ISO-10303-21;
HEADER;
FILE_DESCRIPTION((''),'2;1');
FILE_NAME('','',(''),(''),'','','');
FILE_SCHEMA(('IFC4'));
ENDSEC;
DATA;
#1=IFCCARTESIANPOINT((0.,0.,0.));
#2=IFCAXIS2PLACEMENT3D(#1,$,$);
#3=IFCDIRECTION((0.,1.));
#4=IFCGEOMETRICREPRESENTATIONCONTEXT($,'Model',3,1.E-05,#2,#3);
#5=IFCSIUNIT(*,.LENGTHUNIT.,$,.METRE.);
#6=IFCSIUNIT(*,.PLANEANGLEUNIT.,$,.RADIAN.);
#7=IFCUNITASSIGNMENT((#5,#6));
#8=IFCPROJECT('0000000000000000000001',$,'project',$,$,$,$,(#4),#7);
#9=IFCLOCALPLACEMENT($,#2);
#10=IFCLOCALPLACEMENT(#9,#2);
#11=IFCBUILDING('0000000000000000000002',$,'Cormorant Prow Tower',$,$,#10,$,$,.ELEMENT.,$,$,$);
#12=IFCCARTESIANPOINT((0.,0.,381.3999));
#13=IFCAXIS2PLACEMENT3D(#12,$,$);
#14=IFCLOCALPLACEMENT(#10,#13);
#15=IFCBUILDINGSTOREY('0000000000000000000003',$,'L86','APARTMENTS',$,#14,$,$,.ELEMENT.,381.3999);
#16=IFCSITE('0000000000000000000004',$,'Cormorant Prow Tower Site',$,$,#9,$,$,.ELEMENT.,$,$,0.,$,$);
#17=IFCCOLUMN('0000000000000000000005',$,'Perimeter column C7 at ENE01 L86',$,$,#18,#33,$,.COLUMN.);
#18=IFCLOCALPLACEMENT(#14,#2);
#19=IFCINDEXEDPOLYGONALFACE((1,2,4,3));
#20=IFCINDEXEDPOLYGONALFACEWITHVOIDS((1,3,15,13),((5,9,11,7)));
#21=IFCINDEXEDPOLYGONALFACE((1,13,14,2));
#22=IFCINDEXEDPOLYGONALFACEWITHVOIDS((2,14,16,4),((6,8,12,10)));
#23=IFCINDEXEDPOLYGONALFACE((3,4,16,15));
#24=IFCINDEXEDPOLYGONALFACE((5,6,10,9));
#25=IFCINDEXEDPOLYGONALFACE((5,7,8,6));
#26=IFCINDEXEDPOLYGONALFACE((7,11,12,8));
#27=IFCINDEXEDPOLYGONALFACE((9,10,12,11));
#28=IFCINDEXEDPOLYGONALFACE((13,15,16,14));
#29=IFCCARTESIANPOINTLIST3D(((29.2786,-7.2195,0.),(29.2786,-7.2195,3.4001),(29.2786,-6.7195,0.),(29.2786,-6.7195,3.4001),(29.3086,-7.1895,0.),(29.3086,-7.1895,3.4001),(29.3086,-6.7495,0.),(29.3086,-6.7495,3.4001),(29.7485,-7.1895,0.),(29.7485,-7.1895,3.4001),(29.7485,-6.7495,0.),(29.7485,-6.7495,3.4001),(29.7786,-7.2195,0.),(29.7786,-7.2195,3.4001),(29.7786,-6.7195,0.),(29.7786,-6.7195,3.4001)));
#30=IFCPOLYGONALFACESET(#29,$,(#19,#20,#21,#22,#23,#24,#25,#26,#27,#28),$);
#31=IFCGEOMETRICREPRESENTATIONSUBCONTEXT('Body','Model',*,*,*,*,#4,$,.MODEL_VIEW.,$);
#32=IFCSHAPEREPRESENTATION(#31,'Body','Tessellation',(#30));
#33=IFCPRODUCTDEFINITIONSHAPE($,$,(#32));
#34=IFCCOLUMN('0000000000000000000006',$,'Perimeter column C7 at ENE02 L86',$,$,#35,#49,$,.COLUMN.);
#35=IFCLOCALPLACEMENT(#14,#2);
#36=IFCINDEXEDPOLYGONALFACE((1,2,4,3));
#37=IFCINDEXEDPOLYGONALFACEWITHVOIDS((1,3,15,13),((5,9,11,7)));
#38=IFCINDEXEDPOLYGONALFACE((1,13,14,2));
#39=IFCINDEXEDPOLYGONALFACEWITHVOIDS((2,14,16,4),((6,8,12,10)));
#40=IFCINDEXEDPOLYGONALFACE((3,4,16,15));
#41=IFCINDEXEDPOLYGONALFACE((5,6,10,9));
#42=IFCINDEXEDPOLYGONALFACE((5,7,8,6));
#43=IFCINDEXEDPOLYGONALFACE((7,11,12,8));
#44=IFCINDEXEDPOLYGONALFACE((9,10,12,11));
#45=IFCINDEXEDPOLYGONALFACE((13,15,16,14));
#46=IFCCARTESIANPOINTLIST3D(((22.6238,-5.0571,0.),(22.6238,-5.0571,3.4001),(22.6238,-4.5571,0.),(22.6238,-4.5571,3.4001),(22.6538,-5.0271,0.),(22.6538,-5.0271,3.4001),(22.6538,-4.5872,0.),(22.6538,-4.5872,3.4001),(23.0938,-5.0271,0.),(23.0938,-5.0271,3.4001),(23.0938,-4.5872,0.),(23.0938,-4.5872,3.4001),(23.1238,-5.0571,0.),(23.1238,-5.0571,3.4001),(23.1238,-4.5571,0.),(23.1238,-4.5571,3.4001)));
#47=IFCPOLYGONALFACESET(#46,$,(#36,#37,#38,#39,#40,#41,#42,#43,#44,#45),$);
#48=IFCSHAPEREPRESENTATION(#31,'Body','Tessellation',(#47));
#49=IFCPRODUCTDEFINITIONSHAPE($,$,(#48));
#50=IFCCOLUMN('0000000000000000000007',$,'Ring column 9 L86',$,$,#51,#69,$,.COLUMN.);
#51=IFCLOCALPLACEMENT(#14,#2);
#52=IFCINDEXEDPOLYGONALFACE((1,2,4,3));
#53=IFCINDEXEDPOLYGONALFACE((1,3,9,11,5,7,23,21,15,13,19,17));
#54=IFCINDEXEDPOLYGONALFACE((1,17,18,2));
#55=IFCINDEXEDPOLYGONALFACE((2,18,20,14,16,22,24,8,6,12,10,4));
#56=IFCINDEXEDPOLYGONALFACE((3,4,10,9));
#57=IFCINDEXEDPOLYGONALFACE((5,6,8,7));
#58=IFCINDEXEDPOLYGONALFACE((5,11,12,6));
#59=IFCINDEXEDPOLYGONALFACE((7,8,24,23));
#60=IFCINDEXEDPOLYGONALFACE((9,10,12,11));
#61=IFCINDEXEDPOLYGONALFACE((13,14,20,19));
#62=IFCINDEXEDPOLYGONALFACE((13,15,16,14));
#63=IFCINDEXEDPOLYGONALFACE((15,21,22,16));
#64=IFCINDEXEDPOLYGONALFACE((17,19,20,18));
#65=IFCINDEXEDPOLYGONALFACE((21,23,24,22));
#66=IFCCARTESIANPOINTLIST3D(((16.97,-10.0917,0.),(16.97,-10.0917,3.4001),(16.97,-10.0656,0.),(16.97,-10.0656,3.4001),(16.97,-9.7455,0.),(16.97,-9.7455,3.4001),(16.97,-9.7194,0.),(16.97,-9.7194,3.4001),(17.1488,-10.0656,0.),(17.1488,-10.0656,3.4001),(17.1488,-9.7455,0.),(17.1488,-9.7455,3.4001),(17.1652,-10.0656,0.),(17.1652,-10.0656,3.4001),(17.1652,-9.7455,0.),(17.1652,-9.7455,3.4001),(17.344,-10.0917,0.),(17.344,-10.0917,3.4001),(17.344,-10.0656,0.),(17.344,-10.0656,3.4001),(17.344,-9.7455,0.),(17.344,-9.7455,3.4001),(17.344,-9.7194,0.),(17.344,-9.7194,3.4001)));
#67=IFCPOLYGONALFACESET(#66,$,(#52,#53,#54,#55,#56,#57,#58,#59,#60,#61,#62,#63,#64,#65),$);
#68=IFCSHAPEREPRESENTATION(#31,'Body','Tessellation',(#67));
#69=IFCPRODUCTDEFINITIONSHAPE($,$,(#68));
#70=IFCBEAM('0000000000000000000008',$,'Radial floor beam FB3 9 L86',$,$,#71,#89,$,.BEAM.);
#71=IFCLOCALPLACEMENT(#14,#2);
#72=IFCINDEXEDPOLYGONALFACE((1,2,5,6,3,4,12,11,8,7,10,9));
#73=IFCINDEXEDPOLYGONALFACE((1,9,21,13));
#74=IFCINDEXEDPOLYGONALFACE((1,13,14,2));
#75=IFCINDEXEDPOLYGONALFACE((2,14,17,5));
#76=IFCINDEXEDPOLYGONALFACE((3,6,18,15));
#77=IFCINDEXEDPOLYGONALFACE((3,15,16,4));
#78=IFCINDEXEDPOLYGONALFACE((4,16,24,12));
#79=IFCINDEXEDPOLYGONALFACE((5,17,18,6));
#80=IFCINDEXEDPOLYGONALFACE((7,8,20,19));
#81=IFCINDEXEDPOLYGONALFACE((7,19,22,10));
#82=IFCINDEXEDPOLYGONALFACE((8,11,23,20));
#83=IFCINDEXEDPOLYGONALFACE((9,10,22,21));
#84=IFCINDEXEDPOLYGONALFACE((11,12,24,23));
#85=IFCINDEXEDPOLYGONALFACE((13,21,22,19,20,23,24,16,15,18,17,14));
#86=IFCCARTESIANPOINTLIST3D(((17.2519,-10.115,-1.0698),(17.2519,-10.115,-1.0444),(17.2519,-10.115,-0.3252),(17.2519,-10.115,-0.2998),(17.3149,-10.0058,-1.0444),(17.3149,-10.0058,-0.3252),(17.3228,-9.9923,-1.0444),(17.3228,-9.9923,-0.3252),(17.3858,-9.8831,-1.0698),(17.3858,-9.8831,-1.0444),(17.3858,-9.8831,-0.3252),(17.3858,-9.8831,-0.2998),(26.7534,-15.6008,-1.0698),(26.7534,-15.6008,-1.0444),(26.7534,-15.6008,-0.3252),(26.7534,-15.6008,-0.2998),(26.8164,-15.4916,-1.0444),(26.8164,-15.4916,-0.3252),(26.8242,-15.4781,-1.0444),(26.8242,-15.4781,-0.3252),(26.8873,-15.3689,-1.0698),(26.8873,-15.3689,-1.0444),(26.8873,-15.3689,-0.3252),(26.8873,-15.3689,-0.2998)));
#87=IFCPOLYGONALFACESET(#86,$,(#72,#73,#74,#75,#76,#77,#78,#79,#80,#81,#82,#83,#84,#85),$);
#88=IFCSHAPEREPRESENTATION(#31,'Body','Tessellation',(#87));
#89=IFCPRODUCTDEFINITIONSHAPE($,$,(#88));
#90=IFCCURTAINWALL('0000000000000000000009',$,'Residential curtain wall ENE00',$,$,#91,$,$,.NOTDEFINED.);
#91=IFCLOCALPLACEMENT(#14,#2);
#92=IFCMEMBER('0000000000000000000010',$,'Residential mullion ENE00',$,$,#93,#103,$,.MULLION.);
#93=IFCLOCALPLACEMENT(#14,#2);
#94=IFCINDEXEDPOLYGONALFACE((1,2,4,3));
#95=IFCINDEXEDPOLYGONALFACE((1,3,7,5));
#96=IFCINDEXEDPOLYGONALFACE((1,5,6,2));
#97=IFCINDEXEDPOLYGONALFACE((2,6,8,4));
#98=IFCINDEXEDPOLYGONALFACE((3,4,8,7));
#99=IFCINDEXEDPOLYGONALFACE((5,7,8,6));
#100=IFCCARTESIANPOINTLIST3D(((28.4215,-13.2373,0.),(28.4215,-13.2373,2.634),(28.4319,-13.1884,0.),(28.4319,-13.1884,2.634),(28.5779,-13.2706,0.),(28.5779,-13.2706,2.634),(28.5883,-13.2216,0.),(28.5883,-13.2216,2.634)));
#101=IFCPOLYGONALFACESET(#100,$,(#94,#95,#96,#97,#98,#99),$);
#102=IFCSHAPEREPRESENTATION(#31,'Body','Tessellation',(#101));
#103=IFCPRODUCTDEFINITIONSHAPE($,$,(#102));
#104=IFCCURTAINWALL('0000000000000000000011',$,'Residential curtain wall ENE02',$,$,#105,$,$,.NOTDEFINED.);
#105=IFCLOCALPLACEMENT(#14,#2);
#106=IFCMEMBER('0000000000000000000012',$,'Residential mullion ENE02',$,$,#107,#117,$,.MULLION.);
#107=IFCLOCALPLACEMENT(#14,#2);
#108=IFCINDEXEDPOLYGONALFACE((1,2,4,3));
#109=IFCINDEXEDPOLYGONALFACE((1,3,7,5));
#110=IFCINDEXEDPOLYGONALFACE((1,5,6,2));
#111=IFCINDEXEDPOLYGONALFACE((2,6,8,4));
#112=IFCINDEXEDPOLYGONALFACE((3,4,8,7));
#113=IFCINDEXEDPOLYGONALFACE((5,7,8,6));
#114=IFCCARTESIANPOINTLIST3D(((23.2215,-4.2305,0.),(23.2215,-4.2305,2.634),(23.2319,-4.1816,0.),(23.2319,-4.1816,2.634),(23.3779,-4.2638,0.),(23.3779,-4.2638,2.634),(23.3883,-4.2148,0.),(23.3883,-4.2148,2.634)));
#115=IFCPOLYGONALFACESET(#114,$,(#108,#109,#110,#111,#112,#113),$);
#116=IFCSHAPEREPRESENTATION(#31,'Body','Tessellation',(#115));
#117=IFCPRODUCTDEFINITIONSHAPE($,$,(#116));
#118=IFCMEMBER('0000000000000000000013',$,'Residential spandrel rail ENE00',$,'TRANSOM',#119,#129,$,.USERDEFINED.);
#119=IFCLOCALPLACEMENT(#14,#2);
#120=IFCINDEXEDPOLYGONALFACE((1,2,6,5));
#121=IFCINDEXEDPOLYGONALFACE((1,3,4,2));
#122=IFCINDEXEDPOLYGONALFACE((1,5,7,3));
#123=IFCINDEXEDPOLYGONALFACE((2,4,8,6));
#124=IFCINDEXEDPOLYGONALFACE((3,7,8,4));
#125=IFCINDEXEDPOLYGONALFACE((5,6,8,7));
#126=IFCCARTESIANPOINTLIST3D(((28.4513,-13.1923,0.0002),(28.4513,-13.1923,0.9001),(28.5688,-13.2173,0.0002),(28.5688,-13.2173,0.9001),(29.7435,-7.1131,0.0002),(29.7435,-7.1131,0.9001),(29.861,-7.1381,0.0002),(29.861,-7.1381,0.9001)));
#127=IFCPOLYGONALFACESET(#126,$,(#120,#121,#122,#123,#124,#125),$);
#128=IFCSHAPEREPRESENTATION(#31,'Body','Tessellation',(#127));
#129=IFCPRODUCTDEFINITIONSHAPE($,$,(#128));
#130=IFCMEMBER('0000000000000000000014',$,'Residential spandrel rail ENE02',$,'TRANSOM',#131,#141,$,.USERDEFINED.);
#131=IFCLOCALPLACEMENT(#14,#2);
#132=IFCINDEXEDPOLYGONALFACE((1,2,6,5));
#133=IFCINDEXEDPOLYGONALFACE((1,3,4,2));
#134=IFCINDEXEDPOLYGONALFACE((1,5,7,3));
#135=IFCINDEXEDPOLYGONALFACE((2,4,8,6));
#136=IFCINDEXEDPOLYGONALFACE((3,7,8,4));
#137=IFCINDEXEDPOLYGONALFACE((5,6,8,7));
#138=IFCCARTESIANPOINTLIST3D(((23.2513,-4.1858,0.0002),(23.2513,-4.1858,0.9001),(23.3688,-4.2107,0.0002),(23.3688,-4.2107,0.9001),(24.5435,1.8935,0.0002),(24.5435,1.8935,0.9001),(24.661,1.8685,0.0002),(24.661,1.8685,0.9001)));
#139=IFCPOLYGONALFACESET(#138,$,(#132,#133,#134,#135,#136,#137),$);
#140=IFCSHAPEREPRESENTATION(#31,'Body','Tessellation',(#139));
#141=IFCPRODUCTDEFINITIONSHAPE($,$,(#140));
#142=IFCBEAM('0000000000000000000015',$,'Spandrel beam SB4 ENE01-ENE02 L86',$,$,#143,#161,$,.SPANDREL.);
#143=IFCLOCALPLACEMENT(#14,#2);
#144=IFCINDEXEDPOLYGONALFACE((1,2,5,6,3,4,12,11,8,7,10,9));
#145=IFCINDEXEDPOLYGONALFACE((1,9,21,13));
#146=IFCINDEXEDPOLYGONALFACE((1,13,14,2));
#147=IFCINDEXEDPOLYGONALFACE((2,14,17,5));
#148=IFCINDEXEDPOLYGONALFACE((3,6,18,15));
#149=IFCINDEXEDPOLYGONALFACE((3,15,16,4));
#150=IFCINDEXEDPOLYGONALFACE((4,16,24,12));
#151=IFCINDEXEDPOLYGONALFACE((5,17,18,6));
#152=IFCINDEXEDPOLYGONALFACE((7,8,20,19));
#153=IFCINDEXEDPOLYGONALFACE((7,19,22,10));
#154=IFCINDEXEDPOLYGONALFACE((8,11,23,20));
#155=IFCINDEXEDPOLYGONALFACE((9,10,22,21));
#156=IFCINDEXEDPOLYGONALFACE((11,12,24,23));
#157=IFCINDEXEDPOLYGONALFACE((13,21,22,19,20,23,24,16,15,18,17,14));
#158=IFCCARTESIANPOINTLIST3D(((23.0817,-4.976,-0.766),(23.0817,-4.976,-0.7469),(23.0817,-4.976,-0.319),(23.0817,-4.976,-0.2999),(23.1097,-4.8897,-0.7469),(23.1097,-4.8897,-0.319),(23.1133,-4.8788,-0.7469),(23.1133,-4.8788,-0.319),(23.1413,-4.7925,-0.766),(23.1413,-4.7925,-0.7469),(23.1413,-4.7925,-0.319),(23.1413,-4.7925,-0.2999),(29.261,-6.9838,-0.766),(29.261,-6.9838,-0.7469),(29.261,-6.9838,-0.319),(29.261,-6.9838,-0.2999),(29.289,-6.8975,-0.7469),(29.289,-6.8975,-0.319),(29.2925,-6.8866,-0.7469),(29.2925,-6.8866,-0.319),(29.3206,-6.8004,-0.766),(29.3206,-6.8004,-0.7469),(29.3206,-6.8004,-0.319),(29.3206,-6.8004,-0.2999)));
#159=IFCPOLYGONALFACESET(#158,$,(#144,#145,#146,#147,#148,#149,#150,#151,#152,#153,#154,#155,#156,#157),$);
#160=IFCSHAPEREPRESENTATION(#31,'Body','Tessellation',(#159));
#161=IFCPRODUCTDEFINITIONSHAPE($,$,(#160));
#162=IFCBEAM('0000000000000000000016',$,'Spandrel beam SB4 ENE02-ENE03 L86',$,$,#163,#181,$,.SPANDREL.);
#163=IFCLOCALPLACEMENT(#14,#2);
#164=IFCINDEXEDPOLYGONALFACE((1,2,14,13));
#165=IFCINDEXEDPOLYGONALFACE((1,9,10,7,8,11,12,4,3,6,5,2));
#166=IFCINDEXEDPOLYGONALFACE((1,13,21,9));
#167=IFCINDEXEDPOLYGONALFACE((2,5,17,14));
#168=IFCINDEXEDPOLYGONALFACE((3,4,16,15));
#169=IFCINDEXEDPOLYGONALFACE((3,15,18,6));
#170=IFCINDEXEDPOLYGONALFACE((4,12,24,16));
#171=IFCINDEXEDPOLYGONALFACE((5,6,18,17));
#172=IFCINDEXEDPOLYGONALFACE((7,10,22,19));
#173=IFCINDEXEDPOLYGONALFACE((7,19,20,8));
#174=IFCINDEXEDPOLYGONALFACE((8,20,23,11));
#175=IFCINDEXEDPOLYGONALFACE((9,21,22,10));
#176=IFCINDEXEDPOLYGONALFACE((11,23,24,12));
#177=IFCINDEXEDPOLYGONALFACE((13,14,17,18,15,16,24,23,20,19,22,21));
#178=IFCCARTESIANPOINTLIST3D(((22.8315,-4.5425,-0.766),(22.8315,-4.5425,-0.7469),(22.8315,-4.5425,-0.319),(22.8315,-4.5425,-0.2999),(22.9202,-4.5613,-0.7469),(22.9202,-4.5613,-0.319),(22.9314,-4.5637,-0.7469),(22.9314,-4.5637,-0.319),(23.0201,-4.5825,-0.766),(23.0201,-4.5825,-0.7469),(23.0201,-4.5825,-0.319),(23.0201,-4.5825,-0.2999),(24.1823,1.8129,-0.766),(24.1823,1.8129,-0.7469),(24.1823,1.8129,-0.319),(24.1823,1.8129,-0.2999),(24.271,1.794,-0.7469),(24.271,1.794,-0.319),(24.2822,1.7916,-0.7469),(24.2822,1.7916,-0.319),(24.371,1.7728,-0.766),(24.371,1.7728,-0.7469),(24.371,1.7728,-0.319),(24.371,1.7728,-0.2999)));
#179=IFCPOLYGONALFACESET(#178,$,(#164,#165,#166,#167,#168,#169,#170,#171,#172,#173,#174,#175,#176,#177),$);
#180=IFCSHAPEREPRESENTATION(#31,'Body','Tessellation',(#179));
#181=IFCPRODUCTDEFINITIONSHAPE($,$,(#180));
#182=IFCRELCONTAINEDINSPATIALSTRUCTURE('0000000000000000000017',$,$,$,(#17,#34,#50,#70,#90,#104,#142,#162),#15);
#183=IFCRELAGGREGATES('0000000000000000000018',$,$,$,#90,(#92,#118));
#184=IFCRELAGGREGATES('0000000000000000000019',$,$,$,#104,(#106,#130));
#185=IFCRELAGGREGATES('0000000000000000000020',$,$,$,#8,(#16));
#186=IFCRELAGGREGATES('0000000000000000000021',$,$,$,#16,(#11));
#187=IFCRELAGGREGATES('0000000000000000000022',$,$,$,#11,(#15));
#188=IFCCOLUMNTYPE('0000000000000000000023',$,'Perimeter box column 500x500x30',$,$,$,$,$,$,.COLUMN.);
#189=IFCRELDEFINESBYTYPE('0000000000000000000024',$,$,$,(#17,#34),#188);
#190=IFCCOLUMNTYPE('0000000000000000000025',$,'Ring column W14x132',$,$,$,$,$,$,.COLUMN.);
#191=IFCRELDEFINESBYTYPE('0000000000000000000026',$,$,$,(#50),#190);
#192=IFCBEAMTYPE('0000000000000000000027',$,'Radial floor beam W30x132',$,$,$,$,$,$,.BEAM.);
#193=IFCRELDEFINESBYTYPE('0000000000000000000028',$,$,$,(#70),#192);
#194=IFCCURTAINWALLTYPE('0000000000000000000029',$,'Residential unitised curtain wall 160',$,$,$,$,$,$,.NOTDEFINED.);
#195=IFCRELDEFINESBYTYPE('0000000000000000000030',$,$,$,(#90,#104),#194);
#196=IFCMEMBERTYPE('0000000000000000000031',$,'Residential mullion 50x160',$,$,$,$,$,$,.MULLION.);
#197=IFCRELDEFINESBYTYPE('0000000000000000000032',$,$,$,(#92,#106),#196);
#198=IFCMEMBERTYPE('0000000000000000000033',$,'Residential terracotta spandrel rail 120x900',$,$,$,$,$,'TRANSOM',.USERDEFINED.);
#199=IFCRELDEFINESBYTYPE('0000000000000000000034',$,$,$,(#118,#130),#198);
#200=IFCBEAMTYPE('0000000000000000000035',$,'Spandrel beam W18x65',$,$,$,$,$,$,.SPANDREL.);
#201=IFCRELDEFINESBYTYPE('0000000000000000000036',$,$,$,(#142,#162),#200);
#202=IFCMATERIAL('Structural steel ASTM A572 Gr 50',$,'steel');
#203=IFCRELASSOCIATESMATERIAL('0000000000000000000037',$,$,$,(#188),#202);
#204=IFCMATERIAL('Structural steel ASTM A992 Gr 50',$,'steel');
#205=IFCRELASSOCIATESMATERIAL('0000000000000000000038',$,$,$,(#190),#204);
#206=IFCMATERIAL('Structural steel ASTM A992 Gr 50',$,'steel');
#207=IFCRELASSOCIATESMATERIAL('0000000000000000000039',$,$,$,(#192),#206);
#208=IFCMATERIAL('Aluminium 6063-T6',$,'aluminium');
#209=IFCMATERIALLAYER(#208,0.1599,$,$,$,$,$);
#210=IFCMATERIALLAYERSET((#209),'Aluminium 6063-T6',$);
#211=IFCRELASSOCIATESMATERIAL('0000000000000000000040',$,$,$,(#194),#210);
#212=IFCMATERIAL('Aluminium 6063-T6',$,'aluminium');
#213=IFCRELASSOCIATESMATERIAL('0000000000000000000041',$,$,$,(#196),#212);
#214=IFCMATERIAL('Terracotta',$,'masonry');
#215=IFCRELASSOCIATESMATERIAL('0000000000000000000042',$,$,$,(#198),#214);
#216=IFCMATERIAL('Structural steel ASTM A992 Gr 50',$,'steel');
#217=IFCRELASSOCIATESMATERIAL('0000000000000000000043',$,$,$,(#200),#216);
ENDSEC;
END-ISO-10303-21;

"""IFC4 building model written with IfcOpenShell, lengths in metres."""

from ifc_helpers import new_model, si_unit, direction, frame, origin, origin_2d, place, context, subcontext, project, spatial, rectangle, hollow_rectangle, i_section, extrude, material, layer, layer_set, material_profile, profile_set, type_object, element, aggregate, save


model = new_model("IFC4")

# Units and contexts
model_context = context("Model", 3, precision=1e-05, world=origin(), true_north=direction((0.0, 1.0)))
body_context = subcontext(model_context, "Body", "Model", "MODEL_VIEW")
ifc_project = project(units=[si_unit("LENGTHUNIT", "METRE"), si_unit("PLANEANGLEUNIT", "RADIAN")], contexts=[model_context])

# Site, building, storey
site_placement = place(None, origin())
site = spatial("IfcSite", under=ifc_project, at=site_placement, Name="Cormorant Prow Tower Site", CompositionType="ELEMENT", RefElevation=0.0)
building_placement = place(site_placement, origin())
building = spatial("IfcBuilding", under=site, at=building_placement, Name="Cormorant Prow Tower", CompositionType="ELEMENT")
storey_placement = place(building_placement, frame((0.0, 0.0, 381.3999)))
storey = spatial("IfcBuildingStorey", under=building, at=storey_placement, Name="L86", Description="APARTMENTS", CompositionType="ELEMENT", Elevation=381.3999)

# Columns
ifc_material_1 = material(Name="Structural steel ASTM A572 Gr 50", Category="steel")
ifc_material_profile_1 = material_profile(ifc_material_1, hollow_rectangle(XDim=0.5, YDim=0.5, WallThickness=0.03, at=origin_2d()), Name="Box 500x500x30")
ifc_profile_set_1 = profile_set([ifc_material_profile_1], Name="Structural steel ASTM A572 Gr 50")
column_type_1 = type_object("IfcColumnType", Name="Perimeter box column 500x500x30", PredefinedType="COLUMN", material=ifc_profile_set_1)
for number, where, z_axis, x_axis, name in (
    (1, (29.5286, -6.9695, 0.0), (0.0, 0.0, 1.0), (1.0, 0.0, 0.0), "Perimeter column C7 at ENE01 L86"),
    (2, (22.8738, -4.8071, 0.0), (0.0, 0.0, 1.0), (1.0, 0.0, 0.0), "Perimeter column C7 at ENE02 L86"),
):
    element("IfcColumn", number, at=place(storey_placement, frame(where, z_axis=z_axis, x_axis=x_axis)), inside=storey, type_object=column_type_1, Name=name, PredefinedType="COLUMN", context=body_context, shape_type="SweptSolid", body=[
        extrude(hollow_rectangle(XDim=0.5, YDim=0.5, WallThickness=0.03, at=origin_2d()), origin(), (0.0, 0.0, 1.0), 3.4001),
    ])
ifc_material_2 = material(Name="Structural steel ASTM A992 Gr 50", Category="steel")
ifc_material_profile_2 = material_profile(ifc_material_2, i_section(OverallWidth=0.374, OverallDepth=0.3723, WebThickness=0.0164, FlangeThickness=0.0261, at=origin_2d()), Name="W14x132")
ifc_profile_set_2 = profile_set([ifc_material_profile_2], Name="Structural steel ASTM A992 Gr 50")
column_type_2 = type_object("IfcColumnType", Name="Ring column W14x132", PredefinedType="COLUMN", material=ifc_profile_set_2)
column_placement = place(storey_placement, frame((17.157, -9.9055, 0.0), z_axis=(0.0, 0.0, 1.0), x_axis=(1.0, 0.0, 0.0)))
element("IfcColumn", 3, at=column_placement, inside=storey, type_object=column_type_2, Name="Ring column 9 L86", PredefinedType="COLUMN", context=body_context, shape_type="SweptSolid", body=[
    extrude(i_section(OverallWidth=0.374, OverallDepth=0.3723, WebThickness=0.0164, FlangeThickness=0.0261, at=origin_2d()), origin(), (0.0, 0.0, 1.0), 3.4001),
])

# Beam
ifc_material_3 = material(Name="Structural steel ASTM A992 Gr 50", Category="steel")
ifc_material_profile_3 = material_profile(ifc_material_3, i_section(OverallWidth=0.2678, OverallDepth=0.77, WebThickness=0.0156, FlangeThickness=0.0254, at=origin_2d()), Name="W30x132")
ifc_profile_set_3 = profile_set([ifc_material_profile_3], Name="Structural steel ASTM A992 Gr 50")
beam_type_1 = type_object("IfcBeamType", Name="Radial floor beam W30x132", PredefinedType="BEAM", material=ifc_profile_set_3)
beam_placement = place(storey_placement, frame((17.3188, -9.999, -0.6848), z_axis=(0.866019, -0.500011, 0.0), x_axis=(0.500011, 0.866019, 0.0)))
element("IfcBeam", 4, at=beam_placement, inside=storey, type_object=beam_type_1, Name="Radial floor beam FB3 9 L86", PredefinedType="BEAM", context=body_context, shape_type="SweptSolid", body=[
    extrude(i_section(OverallWidth=0.2678, OverallDepth=0.77, WebThickness=0.0156, FlangeThickness=0.0254, at=origin_2d()), origin(), (0.0, 0.0, 1.0), 10.9714),
])

# Curtain walls, members
ifc_material_4 = material(Name="Aluminium 6063-T6", Category="aluminium")
ifc_layer_1 = layer(ifc_material_4, 0.1599)
ifc_layer_set_1 = layer_set([ifc_layer_1], Name="Aluminium 6063-T6")
curtain_wall_type = type_object("IfcCurtainWallType", Name="Residential unitised curtain wall 160", PredefinedType="NOTDEFINED", material=ifc_layer_set_1)
curtain_wall_1_placement = place(storey_placement, origin())
curtain_wall_1 = element("IfcCurtainWall", 5, at=curtain_wall_1_placement, inside=storey, type_object=curtain_wall_type, Name="Residential curtain wall ENE00", PredefinedType="NOTDEFINED")
ifc_material_5 = material(Name="Aluminium 6063-T6", Category="aluminium")
ifc_material_profile_4 = material_profile(ifc_material_5, rectangle(XDim=0.1599, YDim=0.05, at=origin_2d()), Name="Residential mullion 50x160")
ifc_profile_set_4 = profile_set([ifc_material_profile_4], Name="Aluminium 6063-T6")
member_type_1 = type_object("IfcMemberType", Name="Residential mullion 50x160", PredefinedType="MULLION", material=ifc_profile_set_4)
member_1_placement = place(storey_placement, frame((28.5049, -13.2295, 0.0), z_axis=(0.0, 0.0, 1.0), x_axis=(-0.978148, 0.207912, 0.0)))
member_1 = element("IfcMember", 6, at=member_1_placement, type_object=member_type_1, Name="Residential mullion ENE00", PredefinedType="MULLION", context=body_context, shape_type="SweptSolid", body=[
    extrude(rectangle(XDim=0.1599, YDim=0.05, at=origin_2d()), origin(), (0.0, 0.0, 1.0), 2.634),
])
curtain_wall_2_placement = place(storey_placement, origin())
curtain_wall_2 = element("IfcCurtainWall", 7, at=curtain_wall_2_placement, inside=storey, type_object=curtain_wall_type, Name="Residential curtain wall ENE02", PredefinedType="NOTDEFINED")
member_2_placement = place(storey_placement, frame((23.3049, -4.2227, 0.0), z_axis=(0.0, 0.0, 1.0), x_axis=(-0.978148, 0.207912, 0.0)))
member_2 = element("IfcMember", 8, at=member_2_placement, type_object=member_type_1, Name="Residential mullion ENE02", PredefinedType="MULLION", context=body_context, shape_type="SweptSolid", body=[
    extrude(rectangle(XDim=0.1599, YDim=0.05, at=origin_2d()), origin(), (0.0, 0.0, 1.0), 2.634),
])

# Members
ifc_material_6 = material(Name="Terracotta", Category="masonry")
ifc_material_profile_5 = material_profile(ifc_material_6, rectangle(XDim=0.1201, YDim=0.8999, at=origin_2d()), Name="Residential terracotta spandrel rail 120x900")
ifc_profile_set_5 = profile_set([ifc_material_profile_5], Name="Terracotta")
member_type_2 = type_object("IfcMemberType", Name="Residential terracotta spandrel rail 120x900", ElementType="TRANSOM", PredefinedType="USERDEFINED", material=ifc_profile_set_5)
member_3_placement = place(storey_placement, frame((28.51, -13.2048, 0.4502), z_axis=(0.207917, 0.978147, 0.0), x_axis=(-0.978147, 0.207917, 0.0)))
member_3 = element("IfcMember", 9, at=member_3_placement, type_object=member_type_2, Name="Residential spandrel rail ENE00", ObjectType="TRANSOM", PredefinedType="USERDEFINED", context=body_context, shape_type="SweptSolid", body=[
    extrude(rectangle(XDim=0.1201, YDim=0.8999, at=origin_2d()), origin(), (0.0, 0.0, 1.0), 6.2151),
])
member_4_placement = place(storey_placement, frame((23.3101, -4.1982, 0.4502), z_axis=(0.207917, 0.978147, 0.0), x_axis=(-0.978147, 0.207917, 0.0)))
member_4 = element("IfcMember", 10, at=member_4_placement, type_object=member_type_2, Name="Residential spandrel rail ENE02", ObjectType="TRANSOM", PredefinedType="USERDEFINED", context=body_context, shape_type="SweptSolid", body=[
    extrude(rectangle(XDim=0.1201, YDim=0.8999, at=origin_2d()), origin(), (0.0, 0.0, 1.0), 6.2151),
])

# Beams
ifc_material_7 = material(Name="Structural steel ASTM A992 Gr 50", Category="steel")
ifc_material_profile_6 = material_profile(ifc_material_7, i_section(OverallWidth=0.1929, OverallDepth=0.4661, WebThickness=0.0115, FlangeThickness=0.019, at=origin_2d()), Name="W18x65")
ifc_profile_set_6 = profile_set([ifc_material_profile_6], Name="Structural steel ASTM A992 Gr 50")
beam_type_2 = type_object("IfcBeamType", Name="Spandrel beam W18x65", PredefinedType="SPANDREL", material=ifc_profile_set_6)
for number, where, z_axis, x_axis, name in (
    (11, (29.2908, -6.8921, -0.533), (-0.951053, 0.309027, 0.0), (-0.309027, -0.951053, 0.0), "Spandrel beam SB4 ENE01-ENE02 L86"),
    (12, (22.9258, -4.5625, -0.533), (0.20791, 0.978148, 0.0), (-0.978148, 0.20791, 0.0), "Spandrel beam SB4 ENE02-ENE03 L86"),
):
    element("IfcBeam", number, at=place(storey_placement, frame(where, z_axis=z_axis, x_axis=x_axis)), inside=storey, type_object=beam_type_2, Name=name, PredefinedType="SPANDREL", context=body_context, shape_type="SweptSolid", body=[
        extrude(i_section(OverallWidth=0.1929, OverallDepth=0.4661, WebThickness=0.0115, FlangeThickness=0.019, at=origin_2d()), origin(), (0.0, 0.0, 1.0), 6.4973),
    ])

aggregate(curtain_wall_1, [member_1, member_3])
aggregate(curtain_wall_2, [member_2, member_4])

save(model, "model.ifc")
